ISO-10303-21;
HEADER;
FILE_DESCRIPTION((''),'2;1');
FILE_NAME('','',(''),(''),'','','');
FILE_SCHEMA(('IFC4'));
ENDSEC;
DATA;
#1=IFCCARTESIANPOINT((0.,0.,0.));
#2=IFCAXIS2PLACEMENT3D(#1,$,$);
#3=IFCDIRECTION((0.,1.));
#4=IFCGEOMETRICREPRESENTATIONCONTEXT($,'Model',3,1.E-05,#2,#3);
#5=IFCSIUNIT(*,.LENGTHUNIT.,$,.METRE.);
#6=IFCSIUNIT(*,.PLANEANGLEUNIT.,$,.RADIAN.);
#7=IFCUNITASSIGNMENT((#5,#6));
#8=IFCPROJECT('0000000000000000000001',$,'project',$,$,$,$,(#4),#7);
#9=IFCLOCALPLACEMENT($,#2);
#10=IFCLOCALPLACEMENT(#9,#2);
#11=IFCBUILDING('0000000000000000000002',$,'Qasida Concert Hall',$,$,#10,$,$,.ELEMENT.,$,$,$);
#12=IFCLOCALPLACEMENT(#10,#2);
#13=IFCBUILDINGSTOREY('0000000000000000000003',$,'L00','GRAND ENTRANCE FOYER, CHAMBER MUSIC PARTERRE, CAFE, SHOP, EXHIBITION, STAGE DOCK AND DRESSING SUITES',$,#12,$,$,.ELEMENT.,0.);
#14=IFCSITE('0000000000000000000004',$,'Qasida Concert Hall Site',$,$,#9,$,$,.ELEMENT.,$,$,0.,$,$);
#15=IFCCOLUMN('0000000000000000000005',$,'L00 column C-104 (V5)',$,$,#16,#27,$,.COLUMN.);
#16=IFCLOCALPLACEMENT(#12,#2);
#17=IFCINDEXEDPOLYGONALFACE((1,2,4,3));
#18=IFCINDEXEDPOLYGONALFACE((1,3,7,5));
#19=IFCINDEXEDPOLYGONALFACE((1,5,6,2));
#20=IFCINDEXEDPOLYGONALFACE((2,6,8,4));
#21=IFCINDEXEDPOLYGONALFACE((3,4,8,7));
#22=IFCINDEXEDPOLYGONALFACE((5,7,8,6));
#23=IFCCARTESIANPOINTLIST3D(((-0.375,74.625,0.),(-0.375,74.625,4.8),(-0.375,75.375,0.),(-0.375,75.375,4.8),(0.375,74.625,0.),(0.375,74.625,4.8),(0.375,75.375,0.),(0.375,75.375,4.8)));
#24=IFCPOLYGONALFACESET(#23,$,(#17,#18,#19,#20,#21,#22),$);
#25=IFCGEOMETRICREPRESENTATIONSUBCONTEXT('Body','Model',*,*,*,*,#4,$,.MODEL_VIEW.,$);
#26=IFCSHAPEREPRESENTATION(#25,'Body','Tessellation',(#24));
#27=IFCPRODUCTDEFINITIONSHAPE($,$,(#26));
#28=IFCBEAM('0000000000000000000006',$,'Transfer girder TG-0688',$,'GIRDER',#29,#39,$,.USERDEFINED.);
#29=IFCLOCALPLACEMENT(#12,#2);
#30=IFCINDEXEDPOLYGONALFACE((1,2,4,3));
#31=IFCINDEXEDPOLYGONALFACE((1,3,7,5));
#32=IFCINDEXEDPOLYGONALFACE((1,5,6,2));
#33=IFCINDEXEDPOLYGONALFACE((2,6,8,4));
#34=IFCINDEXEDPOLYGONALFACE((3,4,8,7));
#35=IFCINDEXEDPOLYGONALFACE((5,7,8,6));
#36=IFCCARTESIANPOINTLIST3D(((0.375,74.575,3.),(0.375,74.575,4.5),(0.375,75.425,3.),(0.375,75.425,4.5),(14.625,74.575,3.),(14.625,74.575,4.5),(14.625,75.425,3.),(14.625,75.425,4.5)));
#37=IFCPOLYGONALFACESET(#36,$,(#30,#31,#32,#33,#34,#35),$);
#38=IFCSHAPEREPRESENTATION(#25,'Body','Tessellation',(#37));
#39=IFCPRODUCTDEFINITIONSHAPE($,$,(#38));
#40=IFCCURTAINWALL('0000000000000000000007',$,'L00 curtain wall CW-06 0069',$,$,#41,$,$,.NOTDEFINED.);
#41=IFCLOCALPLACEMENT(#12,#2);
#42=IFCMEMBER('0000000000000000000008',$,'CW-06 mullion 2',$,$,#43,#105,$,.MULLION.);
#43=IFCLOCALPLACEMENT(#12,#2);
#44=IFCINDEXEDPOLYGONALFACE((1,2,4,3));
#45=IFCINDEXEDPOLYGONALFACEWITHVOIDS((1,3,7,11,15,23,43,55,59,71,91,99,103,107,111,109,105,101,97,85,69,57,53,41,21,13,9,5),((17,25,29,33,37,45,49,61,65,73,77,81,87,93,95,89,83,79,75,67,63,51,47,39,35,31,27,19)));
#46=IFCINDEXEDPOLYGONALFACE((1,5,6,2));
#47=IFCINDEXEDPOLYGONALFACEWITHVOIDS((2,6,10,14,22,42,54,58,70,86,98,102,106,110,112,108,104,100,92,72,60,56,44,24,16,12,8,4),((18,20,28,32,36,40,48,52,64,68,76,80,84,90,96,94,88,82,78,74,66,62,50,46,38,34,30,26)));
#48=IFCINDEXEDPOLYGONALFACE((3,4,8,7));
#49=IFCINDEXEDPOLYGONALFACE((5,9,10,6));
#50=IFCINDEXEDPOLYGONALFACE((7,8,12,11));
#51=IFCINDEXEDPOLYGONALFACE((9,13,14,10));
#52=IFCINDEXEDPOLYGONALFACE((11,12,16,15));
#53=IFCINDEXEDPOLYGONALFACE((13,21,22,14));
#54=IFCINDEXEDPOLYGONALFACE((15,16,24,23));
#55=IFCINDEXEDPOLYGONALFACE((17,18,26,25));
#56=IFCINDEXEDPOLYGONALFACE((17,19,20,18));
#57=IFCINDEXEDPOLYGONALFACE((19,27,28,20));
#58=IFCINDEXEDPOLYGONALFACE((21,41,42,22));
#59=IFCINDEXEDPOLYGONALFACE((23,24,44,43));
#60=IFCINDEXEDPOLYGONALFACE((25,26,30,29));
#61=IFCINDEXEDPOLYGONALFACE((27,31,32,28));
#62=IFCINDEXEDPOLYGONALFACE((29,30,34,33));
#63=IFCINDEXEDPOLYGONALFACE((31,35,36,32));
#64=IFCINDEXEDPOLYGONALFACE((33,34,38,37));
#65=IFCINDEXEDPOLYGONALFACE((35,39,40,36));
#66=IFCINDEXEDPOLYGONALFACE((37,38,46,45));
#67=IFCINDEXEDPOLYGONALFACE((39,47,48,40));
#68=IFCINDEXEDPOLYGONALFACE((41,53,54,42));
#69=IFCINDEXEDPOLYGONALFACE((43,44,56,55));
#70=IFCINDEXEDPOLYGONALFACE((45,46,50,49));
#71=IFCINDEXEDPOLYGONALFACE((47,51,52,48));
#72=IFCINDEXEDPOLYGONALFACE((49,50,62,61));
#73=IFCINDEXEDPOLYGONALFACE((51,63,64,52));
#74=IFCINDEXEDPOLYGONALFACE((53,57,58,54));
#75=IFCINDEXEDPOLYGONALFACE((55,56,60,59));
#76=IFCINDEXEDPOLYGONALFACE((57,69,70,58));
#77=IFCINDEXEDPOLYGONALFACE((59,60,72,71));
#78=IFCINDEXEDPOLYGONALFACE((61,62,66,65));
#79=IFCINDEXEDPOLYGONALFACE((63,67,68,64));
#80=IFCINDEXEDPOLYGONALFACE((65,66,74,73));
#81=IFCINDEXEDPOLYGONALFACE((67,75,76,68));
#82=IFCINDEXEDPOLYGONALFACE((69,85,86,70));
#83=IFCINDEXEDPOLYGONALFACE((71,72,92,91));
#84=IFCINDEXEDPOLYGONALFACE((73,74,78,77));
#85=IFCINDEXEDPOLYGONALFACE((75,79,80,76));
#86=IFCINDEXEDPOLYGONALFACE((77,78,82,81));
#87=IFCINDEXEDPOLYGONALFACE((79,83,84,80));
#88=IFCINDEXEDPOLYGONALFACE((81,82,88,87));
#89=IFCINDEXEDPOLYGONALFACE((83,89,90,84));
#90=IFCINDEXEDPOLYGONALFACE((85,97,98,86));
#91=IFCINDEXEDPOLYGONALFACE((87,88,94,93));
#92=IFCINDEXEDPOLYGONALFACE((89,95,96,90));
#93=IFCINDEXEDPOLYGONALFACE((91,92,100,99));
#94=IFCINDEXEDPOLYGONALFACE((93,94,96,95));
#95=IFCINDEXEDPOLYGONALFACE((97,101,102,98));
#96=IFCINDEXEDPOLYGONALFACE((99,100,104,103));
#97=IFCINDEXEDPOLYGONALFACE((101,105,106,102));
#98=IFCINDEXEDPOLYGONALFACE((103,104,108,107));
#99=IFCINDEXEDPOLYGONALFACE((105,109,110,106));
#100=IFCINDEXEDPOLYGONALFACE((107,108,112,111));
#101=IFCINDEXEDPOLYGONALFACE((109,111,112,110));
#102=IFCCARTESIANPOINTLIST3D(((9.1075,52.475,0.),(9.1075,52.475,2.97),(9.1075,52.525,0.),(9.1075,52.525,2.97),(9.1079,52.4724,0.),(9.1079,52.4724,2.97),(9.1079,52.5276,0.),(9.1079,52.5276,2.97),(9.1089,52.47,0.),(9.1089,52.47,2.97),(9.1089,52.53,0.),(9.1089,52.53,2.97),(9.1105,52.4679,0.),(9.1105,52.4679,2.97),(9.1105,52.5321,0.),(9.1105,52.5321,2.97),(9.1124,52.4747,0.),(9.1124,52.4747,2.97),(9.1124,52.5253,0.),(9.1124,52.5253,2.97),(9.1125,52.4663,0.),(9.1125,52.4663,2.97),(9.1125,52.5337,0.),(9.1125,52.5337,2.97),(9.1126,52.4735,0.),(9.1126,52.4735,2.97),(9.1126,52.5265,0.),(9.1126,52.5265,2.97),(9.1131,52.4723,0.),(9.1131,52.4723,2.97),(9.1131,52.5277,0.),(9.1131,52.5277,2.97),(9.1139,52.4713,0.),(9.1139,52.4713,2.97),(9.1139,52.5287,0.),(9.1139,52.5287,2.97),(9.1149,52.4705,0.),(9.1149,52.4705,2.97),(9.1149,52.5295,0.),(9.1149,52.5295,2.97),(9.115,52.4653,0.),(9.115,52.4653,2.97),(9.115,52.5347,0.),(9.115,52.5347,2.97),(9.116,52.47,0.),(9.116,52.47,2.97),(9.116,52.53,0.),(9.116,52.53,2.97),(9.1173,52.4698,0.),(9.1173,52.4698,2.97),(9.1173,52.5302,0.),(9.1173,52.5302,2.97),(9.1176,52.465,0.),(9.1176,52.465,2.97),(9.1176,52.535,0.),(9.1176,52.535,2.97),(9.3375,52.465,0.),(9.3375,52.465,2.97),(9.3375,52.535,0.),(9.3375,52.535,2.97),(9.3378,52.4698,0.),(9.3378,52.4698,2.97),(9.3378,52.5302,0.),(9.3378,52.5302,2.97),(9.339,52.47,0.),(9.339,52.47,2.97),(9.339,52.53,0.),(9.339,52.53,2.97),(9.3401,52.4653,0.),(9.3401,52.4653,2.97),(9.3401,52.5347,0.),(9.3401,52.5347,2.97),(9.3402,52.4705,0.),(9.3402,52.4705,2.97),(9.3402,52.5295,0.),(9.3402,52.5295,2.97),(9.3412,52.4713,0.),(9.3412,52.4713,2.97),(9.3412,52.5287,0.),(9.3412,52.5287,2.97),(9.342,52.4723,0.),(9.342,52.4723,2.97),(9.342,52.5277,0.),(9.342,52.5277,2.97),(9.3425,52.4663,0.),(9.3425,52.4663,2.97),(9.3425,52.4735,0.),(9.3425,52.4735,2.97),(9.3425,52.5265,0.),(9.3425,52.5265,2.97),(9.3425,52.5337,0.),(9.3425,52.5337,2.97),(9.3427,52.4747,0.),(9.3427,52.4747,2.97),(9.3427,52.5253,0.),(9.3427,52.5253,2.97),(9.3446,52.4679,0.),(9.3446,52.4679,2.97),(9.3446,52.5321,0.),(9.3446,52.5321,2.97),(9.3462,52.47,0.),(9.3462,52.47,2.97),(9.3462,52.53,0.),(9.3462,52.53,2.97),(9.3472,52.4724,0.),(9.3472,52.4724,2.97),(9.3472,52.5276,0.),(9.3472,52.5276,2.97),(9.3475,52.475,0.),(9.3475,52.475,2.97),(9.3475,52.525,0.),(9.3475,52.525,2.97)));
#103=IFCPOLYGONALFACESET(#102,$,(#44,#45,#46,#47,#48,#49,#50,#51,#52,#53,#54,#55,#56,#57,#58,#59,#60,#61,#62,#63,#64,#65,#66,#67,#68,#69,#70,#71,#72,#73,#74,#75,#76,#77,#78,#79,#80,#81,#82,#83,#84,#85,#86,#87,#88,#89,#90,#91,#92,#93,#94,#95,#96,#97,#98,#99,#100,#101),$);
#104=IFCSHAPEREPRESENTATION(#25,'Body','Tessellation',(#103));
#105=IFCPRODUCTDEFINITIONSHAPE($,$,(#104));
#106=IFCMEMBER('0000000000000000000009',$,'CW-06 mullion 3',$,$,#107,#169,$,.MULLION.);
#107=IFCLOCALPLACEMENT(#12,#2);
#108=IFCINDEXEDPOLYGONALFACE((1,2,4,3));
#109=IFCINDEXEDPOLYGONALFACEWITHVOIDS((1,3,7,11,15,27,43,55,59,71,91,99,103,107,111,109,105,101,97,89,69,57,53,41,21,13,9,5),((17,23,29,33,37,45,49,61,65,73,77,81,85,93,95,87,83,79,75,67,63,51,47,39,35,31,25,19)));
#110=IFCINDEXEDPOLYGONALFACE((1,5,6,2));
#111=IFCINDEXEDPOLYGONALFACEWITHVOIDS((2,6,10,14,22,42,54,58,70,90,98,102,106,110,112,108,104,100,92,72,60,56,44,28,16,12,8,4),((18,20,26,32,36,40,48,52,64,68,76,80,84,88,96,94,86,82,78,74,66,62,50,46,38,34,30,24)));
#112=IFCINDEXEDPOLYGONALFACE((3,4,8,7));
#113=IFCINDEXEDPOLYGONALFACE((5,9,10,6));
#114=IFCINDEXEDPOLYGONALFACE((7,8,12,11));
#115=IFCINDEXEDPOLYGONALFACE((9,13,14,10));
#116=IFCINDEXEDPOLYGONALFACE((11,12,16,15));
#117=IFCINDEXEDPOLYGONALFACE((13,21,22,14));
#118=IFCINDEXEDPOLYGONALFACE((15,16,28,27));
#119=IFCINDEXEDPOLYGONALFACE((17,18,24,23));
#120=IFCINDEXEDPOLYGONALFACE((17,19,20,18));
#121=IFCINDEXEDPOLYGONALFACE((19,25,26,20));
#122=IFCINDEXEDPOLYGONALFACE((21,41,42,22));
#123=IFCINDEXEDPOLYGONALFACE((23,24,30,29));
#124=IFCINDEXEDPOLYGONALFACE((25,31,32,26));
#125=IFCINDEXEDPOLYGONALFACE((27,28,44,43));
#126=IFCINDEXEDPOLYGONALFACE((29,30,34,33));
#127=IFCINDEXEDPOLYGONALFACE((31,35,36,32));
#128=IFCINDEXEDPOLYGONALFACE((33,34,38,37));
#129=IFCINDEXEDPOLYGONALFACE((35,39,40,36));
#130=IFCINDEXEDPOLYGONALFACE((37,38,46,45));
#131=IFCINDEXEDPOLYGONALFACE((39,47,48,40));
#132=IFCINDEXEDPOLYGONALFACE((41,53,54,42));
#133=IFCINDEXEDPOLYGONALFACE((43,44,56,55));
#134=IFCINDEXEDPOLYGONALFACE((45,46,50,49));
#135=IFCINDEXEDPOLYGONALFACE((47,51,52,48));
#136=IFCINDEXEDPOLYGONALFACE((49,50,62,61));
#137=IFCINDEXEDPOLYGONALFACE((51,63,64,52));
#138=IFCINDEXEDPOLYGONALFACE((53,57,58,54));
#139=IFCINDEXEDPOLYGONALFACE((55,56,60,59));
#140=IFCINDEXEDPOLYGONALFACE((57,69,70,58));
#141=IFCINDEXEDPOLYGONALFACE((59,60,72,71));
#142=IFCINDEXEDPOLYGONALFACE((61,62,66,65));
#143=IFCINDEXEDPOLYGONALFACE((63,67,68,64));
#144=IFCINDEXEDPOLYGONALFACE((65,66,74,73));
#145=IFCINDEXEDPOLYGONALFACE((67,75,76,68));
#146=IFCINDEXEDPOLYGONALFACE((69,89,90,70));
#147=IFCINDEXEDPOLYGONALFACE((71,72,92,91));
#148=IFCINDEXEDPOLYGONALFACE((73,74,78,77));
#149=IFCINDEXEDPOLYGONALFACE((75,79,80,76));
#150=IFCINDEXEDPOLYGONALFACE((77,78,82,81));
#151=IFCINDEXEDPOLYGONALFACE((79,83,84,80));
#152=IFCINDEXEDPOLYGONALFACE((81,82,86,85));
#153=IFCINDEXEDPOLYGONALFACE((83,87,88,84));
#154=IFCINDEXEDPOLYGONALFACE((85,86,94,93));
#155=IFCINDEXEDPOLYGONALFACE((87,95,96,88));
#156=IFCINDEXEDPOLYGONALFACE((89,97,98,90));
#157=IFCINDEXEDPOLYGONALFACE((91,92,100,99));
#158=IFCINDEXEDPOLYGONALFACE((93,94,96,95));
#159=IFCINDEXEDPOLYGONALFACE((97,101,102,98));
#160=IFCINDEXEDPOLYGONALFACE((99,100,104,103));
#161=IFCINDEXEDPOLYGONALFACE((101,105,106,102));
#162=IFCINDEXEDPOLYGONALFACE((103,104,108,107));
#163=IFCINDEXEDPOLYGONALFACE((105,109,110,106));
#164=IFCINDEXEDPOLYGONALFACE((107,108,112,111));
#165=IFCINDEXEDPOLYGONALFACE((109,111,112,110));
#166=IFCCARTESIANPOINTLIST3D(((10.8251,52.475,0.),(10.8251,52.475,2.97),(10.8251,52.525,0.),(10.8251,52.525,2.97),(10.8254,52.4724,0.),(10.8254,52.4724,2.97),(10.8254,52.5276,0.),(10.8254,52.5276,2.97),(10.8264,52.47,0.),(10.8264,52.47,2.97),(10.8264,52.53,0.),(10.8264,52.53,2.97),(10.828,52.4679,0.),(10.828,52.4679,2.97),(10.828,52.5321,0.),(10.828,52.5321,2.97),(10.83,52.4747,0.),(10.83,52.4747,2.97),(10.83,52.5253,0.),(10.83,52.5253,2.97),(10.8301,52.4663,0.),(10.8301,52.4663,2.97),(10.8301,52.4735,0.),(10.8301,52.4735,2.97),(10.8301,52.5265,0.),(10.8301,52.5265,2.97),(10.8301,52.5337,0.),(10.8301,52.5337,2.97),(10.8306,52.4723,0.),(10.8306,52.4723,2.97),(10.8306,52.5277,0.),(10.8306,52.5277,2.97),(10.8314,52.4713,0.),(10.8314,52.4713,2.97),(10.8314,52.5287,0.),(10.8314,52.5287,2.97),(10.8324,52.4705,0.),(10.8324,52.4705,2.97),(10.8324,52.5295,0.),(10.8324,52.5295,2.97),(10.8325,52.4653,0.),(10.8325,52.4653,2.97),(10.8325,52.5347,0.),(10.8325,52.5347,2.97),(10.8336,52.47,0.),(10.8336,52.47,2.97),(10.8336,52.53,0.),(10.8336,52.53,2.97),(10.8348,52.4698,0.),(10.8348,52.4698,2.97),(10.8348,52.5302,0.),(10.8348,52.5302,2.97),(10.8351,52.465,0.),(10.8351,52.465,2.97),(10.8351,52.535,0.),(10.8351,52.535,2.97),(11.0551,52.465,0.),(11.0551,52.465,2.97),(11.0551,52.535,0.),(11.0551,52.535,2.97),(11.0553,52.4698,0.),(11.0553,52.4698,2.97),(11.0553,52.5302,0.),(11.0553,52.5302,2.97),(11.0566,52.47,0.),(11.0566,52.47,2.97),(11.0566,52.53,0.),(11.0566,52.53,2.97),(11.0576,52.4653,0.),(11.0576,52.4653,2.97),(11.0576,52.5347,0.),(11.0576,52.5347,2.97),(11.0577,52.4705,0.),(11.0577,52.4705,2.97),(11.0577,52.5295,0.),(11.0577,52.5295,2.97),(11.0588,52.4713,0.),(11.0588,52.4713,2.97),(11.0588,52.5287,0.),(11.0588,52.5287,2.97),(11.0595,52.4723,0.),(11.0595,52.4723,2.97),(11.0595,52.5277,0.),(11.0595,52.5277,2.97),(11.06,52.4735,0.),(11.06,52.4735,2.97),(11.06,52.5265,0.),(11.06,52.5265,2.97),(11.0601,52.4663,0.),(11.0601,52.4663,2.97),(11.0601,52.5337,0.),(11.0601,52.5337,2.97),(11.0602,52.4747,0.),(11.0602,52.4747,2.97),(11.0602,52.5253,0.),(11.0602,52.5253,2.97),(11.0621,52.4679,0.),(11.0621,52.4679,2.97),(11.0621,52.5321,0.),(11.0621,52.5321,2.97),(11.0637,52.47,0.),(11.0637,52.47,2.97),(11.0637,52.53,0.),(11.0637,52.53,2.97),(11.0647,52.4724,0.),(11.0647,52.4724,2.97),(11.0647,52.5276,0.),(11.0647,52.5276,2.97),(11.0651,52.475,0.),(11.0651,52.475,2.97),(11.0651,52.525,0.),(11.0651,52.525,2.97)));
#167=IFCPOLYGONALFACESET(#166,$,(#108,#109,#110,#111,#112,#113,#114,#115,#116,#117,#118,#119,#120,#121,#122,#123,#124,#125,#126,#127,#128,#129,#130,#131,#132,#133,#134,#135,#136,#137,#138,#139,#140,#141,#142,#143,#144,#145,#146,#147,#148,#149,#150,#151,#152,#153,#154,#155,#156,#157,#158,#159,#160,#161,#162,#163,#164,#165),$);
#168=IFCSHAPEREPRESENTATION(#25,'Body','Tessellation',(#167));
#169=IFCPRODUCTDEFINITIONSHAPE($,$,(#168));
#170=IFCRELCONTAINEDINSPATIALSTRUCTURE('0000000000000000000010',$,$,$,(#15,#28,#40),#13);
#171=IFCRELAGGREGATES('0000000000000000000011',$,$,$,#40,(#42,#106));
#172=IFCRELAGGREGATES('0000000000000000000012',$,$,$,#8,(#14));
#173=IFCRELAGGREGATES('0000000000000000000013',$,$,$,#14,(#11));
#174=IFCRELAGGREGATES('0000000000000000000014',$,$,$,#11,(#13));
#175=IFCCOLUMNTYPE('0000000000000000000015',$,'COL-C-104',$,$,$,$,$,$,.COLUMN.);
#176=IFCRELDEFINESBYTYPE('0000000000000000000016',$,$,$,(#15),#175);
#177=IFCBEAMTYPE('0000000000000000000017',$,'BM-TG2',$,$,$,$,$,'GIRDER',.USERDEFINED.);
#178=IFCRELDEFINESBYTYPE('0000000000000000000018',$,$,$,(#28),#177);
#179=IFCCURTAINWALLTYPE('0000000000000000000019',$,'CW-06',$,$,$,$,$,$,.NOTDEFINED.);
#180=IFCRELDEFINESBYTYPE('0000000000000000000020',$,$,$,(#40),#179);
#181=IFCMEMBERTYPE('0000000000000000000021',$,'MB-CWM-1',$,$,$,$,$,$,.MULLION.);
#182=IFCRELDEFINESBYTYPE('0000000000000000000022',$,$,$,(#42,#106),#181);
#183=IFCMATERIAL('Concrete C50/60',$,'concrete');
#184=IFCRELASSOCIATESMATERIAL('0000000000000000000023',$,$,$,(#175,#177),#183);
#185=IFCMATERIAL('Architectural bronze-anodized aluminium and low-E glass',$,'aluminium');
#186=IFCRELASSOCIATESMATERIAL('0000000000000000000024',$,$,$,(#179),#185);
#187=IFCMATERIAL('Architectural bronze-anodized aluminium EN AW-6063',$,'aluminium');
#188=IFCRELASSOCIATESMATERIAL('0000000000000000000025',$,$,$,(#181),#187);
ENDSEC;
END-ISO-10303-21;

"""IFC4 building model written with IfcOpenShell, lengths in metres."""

from ifc_helpers import new_model, si_unit, direction, frame, origin, origin_2d, place, context, subcontext, project, spatial, rectangle, hollow_rectangle, extrude, material, material_profile, profile_set, type_object, element, aggregate, save


model = new_model("IFC4")

# Units and contexts
model_context = context("Model", 3, precision=1e-05, world=origin(), true_north=direction((0.0, 1.0)))
body_context = subcontext(model_context, "Body", "Model", "MODEL_VIEW")
ifc_project = project(units=[si_unit("LENGTHUNIT", "METRE"), si_unit("PLANEANGLEUNIT", "RADIAN")], contexts=[model_context])

# Site, building, storey
site_placement = place(None, origin())
site = spatial("IfcSite", under=ifc_project, at=site_placement, Name="Qasida Concert Hall Site", CompositionType="ELEMENT", RefElevation=0.0)
building_placement = place(site_placement, origin())
building = spatial("IfcBuilding", under=site, at=building_placement, Name="Qasida Concert Hall", CompositionType="ELEMENT")
storey_placement = place(building_placement, origin())
storey = spatial("IfcBuildingStorey", under=building, at=storey_placement, Name="L00", Description="GRAND ENTRANCE FOYER, CHAMBER MUSIC PARTERRE, CAFE, SHOP, EXHIBITION, STAGE DOCK AND DRESSING SUITES", CompositionType="ELEMENT", Elevation=0.0)

# Column
ifc_material_1 = material(Name="Concrete C50/60", Category="concrete")
ifc_material_profile_1 = material_profile(ifc_material_1, rectangle(XDim=0.75, YDim=0.75, at=origin_2d()), Name="RC 750x750")
ifc_profile_set_1 = profile_set([ifc_material_profile_1], Name="Concrete C50/60")
column_type = type_object("IfcColumnType", Name="COL-C-104", PredefinedType="COLUMN", material=ifc_profile_set_1)
column_placement = place(storey_placement, frame((0.0, 75.0, 0.0), z_axis=(0.0, 0.0, 1.0), x_axis=(1.0, 0.0, 0.0)))
element("IfcColumn", 1, at=column_placement, inside=storey, type_object=column_type, Name="L00 column C-104 (V5)", PredefinedType="COLUMN", context=body_context, shape_type="SweptSolid", body=[
    extrude(rectangle(XDim=0.75, YDim=0.75, at=origin_2d()), origin(), (0.0, 0.0, 1.0), 4.8),
])

# Beam
ifc_material_profile_2 = material_profile(ifc_material_1, rectangle(XDim=0.8501, YDim=1.5, at=origin_2d()), Name="RC 850x1500")
ifc_profile_set_2 = profile_set([ifc_material_profile_2], Name="Concrete C50/60")
beam_type = type_object("IfcBeamType", Name="BM-TG2", ElementType="GIRDER", PredefinedType="USERDEFINED", material=ifc_profile_set_2)
beam_placement = place(storey_placement, frame((0.375, 75.0, 3.75), z_axis=(1.0, 0.0, 0.0), x_axis=(0.0, 1.0, 0.0)))
element("IfcBeam", 2, at=beam_placement, inside=storey, type_object=beam_type, Name="Transfer girder TG-0688", ObjectType="GIRDER", PredefinedType="USERDEFINED", context=body_context, shape_type="SweptSolid", body=[
    extrude(rectangle(XDim=0.8501, YDim=1.5, at=origin_2d()), origin(), (0.0, 0.0, 1.0), 14.25),
])

# Curtain wall, members
ifc_material_2 = material(Name="Architectural bronze-anodized aluminium and low-E glass", Category="aluminium")
curtain_wall_type_1 = type_object("IfcCurtainWallType", Name="CW-06", PredefinedType="NOTDEFINED", material=ifc_material_2)
curtain_wall_1_placement = place(storey_placement, origin())
curtain_wall_1 = element("IfcCurtainWall", 3, at=curtain_wall_1_placement, inside=storey, type_object=curtain_wall_type_1, Name="L00 curtain wall CW-06 0069", PredefinedType="NOTDEFINED")
ifc_material_3 = material(Name="Architectural bronze-anodized aluminium EN AW-6063", Category="aluminium")
ifc_material_profile_3 = material_profile(ifc_material_3, hollow_rectangle(XDim=0.0701, YDim=0.24, WallThickness=0.0049, InnerFilletRadius=0.0049, OuterFilletRadius=0.01, at=origin_2d()), Name="CWM 240x70x5")
ifc_profile_set_3 = profile_set([ifc_material_profile_3], Name="Architectural bronze-anodized aluminium EN AW-6063")
member_type_1 = type_object("IfcMemberType", Name="MB-CWM-1", PredefinedType="MULLION", material=ifc_profile_set_3)
member_1_placement = place(storey_placement, frame((9.2275, 52.5, 0.0), z_axis=(0.0, 0.0, 1.0), x_axis=(0.0, 1.0, 0.0)))
member_1 = element("IfcMember", 4, at=member_1_placement, type_object=member_type_1, Name="CW-06 mullion 2", PredefinedType="MULLION", context=body_context, shape_type="SweptSolid", body=[
    extrude(hollow_rectangle(XDim=0.0701, YDim=0.24, WallThickness=0.0049, InnerFilletRadius=0.0049, OuterFilletRadius=0.01, at=origin_2d()), origin(), (0.0, 0.0, 1.0), 2.97),
])
member_2_placement = place(storey_placement, frame((10.9451, 52.5, 0.0), z_axis=(0.0, 0.0, 1.0), x_axis=(0.0, 1.0, 0.0)))
member_2 = element("IfcMember", 5, at=member_2_placement, type_object=member_type_1, Name="CW-06 mullion 3", PredefinedType="MULLION", context=body_context, shape_type="SweptSolid", body=[
    extrude(hollow_rectangle(XDim=0.0701, YDim=0.24, WallThickness=0.0049, InnerFilletRadius=0.0049, OuterFilletRadius=0.01, at=origin_2d()), origin(), (0.0, 0.0, 1.0), 2.97),
])

aggregate(curtain_wall_1, [member_1, member_2])

save(model, "model.ifc")
